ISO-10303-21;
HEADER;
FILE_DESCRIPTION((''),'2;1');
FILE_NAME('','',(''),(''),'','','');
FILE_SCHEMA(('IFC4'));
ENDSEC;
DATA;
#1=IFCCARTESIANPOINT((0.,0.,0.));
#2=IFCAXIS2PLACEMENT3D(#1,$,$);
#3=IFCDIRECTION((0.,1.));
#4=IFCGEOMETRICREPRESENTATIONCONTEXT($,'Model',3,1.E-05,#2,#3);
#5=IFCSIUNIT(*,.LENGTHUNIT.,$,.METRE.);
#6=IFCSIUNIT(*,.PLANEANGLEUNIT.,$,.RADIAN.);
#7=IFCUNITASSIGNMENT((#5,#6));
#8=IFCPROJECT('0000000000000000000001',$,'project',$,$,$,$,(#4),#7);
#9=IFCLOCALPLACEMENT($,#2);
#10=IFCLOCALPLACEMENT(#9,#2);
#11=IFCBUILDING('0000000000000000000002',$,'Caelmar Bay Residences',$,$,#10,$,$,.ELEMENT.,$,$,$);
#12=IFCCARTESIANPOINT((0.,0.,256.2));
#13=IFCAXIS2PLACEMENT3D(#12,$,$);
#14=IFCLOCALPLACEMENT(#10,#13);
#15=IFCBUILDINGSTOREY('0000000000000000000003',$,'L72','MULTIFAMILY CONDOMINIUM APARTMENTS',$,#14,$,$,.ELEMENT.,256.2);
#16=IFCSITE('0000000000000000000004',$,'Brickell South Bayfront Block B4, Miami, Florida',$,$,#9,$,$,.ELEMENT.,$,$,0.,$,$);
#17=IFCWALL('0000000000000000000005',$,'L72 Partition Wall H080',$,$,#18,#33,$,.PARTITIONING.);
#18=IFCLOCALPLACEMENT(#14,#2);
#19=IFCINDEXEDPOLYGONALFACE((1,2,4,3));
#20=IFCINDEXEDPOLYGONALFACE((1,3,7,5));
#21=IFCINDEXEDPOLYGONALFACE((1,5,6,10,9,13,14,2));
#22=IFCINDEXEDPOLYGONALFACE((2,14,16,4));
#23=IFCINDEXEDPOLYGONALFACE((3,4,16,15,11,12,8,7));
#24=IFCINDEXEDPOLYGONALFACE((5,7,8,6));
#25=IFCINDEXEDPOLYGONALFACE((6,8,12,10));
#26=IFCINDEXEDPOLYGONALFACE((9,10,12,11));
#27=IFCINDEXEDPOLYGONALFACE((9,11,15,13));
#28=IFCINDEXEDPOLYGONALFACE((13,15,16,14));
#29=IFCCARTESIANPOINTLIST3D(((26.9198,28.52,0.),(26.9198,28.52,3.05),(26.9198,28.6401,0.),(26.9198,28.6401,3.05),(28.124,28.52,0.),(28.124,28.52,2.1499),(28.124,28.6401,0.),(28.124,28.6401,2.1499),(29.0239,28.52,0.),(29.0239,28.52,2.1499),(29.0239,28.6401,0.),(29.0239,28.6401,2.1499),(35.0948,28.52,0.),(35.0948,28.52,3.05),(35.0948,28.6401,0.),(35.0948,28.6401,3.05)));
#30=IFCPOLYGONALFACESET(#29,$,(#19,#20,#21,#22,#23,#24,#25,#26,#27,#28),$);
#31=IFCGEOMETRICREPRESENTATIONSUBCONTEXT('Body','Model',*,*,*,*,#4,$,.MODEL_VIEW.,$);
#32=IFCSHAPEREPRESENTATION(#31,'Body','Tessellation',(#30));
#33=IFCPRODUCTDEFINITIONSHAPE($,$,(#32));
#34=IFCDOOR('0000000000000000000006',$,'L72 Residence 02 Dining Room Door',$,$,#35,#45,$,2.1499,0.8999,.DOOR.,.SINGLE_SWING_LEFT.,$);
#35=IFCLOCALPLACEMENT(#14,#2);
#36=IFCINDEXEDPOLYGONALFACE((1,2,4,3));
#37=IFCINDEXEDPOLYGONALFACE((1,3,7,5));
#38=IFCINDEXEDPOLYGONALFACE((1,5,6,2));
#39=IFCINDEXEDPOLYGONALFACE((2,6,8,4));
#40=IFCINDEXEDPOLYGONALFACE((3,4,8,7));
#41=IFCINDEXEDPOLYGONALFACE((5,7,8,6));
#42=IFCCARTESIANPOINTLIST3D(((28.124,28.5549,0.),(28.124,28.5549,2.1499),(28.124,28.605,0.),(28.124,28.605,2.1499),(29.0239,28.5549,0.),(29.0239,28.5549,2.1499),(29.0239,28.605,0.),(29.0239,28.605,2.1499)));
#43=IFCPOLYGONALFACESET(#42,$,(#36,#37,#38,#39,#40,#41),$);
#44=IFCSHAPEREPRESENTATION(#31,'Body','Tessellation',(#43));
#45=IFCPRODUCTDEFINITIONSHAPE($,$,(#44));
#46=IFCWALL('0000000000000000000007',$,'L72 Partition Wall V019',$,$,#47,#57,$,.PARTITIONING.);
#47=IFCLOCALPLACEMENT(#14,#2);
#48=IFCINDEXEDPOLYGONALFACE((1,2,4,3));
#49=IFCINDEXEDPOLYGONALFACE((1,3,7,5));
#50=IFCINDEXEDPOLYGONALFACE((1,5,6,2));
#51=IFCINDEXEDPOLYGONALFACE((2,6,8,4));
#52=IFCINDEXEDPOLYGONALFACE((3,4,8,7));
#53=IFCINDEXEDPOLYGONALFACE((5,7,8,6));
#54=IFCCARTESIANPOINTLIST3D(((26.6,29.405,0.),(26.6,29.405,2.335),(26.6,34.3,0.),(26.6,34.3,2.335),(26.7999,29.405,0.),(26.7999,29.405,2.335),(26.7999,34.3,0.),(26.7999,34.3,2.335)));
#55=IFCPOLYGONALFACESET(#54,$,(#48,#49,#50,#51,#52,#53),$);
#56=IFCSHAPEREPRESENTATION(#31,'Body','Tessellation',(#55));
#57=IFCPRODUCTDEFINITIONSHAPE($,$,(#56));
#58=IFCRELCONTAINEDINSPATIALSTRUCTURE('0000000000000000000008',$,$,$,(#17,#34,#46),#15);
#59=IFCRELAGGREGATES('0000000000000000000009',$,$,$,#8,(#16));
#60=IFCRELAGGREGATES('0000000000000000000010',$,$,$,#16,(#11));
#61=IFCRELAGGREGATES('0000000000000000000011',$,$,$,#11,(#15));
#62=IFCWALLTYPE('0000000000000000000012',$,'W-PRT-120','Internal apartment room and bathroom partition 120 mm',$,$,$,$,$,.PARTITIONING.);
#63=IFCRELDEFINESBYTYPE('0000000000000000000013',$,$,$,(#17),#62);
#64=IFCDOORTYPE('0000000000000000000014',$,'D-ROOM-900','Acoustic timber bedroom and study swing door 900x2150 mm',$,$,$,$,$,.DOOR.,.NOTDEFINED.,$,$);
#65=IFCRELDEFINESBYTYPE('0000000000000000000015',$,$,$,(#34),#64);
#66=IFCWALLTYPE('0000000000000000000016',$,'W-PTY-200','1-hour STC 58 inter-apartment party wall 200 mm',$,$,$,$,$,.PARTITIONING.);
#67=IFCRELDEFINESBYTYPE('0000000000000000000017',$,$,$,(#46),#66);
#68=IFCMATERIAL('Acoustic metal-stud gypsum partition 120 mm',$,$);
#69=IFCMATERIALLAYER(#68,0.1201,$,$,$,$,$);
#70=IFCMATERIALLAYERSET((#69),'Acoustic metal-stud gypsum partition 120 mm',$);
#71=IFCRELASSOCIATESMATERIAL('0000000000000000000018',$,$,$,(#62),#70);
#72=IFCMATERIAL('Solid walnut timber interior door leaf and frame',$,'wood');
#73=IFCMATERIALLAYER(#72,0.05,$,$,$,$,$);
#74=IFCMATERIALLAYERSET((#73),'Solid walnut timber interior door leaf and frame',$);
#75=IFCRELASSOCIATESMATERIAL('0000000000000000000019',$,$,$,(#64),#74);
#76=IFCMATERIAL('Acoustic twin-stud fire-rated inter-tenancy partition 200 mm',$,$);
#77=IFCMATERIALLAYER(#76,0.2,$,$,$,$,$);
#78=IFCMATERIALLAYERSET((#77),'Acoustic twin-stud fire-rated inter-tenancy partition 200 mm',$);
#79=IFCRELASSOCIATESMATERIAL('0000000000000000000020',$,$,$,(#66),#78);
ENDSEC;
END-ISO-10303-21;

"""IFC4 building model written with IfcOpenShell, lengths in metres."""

from ifc_helpers import new_model, si_unit, direction, frame, frame_2d, origin, place, context, subcontext, project, spatial, rectangle, extrude, material, layer, layer_set, type_object, element, fill, save


model = new_model("IFC4")

# Units and contexts
model_context = context("Model", 3, precision=1e-05, world=origin(), true_north=direction((0.0, 1.0)))
body_context = subcontext(model_context, "Body", "Model", "MODEL_VIEW")
ifc_project = project(units=[si_unit("LENGTHUNIT", "METRE"), si_unit("PLANEANGLEUNIT", "RADIAN")], contexts=[model_context])

# Site, building, storey
site_placement = place(None, origin())
site = spatial("IfcSite", under=ifc_project, at=site_placement, Name="Brickell South Bayfront Block B4, Miami, Florida", CompositionType="ELEMENT", RefElevation=0.0)
building_placement = place(site_placement, origin())
building = spatial("IfcBuilding", under=site, at=building_placement, Name="Caelmar Bay Residences", CompositionType="ELEMENT")
storey_placement = place(building_placement, frame((0.0, 0.0, 256.2)))
storey = spatial("IfcBuildingStorey", under=building, at=storey_placement, Name="L72", Description="MULTIFAMILY CONDOMINIUM APARTMENTS", CompositionType="ELEMENT", Elevation=256.2)

# Shared definitions
ifc_material_1 = material(Name="Acoustic metal-stud gypsum partition 120 mm")
ifc_layer_1 = layer(ifc_material_1, 0.1201)
ifc_layer_set_1 = layer_set([ifc_layer_1], Name="Acoustic metal-stud gypsum partition 120 mm")
wall_type_1 = type_object("IfcWallType", Name="W-PRT-120", Description="Internal apartment room and bathroom partition 120 mm", PredefinedType="PARTITIONING", material=ifc_layer_set_1)
ifc_material_2 = material(Name="Solid walnut timber interior door leaf and frame", Category="wood")

# Wall, opening, door
ifc_layer_2 = layer(ifc_material_2, 0.05)
ifc_layer_set_2 = layer_set([ifc_layer_2], Name="Solid walnut timber interior door leaf and frame")
door_type_1 = type_object("IfcDoorType", Name="D-ROOM-900", Description="Acoustic timber bedroom and study swing door 900x2150 mm", OperationType="NOTDEFINED", PredefinedType="DOOR", material=ifc_layer_set_2)
wall_1_placement = place(storey_placement, frame((26.9199, 28.5801, 0.0), z_axis=(0.0, 0.0, 1.0), x_axis=(1.0, 0.0, 0.0)))
wall_1 = element("IfcWall", 1, at=wall_1_placement, inside=storey, type_object=wall_type_1, Name="L72 Partition Wall H080", PredefinedType="PARTITIONING", context=body_context, shape_type="SweptSolid", body=[
    extrude(rectangle(XDim=8.175, YDim=0.1201, at=frame_2d((4.0874, 0.0))), origin(), (0.0, 0.0, 1.0), 3.05),
])
opening_1_placement = place(wall_1_placement, frame((1.2041, 0.0, 0.0)))
opening_1 = element("IfcOpeningElement", 2, at=opening_1_placement, cuts=wall_1, PredefinedType="OPENING", context=body_context, shape_type="SweptSolid", body=[
    extrude(rectangle(XDim=0.8999, YDim=2.1499, at=frame_2d((0.45, 1.075))), frame((0.0, 0.0701, 0.0), z_axis=(0.0, -1.0, 0.0), x_axis=(1.0, 0.0, 0.0)), (0.0, 0.0, 1.0), 0.1401),
])
door_1_placement = place(opening_1_placement, origin())
door_1 = element("IfcDoor", 3, at=door_1_placement, inside=storey, type_object=door_type_1, Name="L72 Residence 02 Dining Room Door", OperationType="SINGLE_SWING_LEFT", OverallHeight=2.1499, OverallWidth=0.8999, PredefinedType="DOOR", context=body_context, shape_type="SweptSolid", body=[
    extrude(rectangle(XDim=0.8999, YDim=2.1499, at=frame_2d((0.45, 1.075))), frame((0.0, 0.0249, 0.0), z_axis=(0.0, -1.0, 0.0), x_axis=(1.0, 0.0, 0.0)), (0.0, 0.0, 1.0), 0.05),
])
fill(opening_1, door_1)

# Wall
ifc_material_3 = material(Name="Acoustic twin-stud fire-rated inter-tenancy partition 200 mm")
ifc_layer_3 = layer(ifc_material_3, 0.2)
ifc_layer_set_3 = layer_set([ifc_layer_3], Name="Acoustic twin-stud fire-rated inter-tenancy partition 200 mm")
wall_type_2 = type_object("IfcWallType", Name="W-PTY-200", Description="1-hour STC 58 inter-apartment party wall 200 mm", PredefinedType="PARTITIONING", material=ifc_layer_set_3)
wall_2_placement = place(storey_placement, frame((26.7, 29.405, 0.0), z_axis=(0.0, 0.0, 1.0), x_axis=(0.0, 1.0, 0.0)))
element("IfcWall", 4, at=wall_2_placement, inside=storey, type_object=wall_type_2, Name="L72 Partition Wall V019", PredefinedType="PARTITIONING", context=body_context, shape_type="SweptSolid", body=[
    extrude(rectangle(XDim=4.895, YDim=0.2, at=frame_2d((2.4475, 0.0))), origin(), (0.0, 0.0, 1.0), 2.335),
])

save(model, "model.ifc")
